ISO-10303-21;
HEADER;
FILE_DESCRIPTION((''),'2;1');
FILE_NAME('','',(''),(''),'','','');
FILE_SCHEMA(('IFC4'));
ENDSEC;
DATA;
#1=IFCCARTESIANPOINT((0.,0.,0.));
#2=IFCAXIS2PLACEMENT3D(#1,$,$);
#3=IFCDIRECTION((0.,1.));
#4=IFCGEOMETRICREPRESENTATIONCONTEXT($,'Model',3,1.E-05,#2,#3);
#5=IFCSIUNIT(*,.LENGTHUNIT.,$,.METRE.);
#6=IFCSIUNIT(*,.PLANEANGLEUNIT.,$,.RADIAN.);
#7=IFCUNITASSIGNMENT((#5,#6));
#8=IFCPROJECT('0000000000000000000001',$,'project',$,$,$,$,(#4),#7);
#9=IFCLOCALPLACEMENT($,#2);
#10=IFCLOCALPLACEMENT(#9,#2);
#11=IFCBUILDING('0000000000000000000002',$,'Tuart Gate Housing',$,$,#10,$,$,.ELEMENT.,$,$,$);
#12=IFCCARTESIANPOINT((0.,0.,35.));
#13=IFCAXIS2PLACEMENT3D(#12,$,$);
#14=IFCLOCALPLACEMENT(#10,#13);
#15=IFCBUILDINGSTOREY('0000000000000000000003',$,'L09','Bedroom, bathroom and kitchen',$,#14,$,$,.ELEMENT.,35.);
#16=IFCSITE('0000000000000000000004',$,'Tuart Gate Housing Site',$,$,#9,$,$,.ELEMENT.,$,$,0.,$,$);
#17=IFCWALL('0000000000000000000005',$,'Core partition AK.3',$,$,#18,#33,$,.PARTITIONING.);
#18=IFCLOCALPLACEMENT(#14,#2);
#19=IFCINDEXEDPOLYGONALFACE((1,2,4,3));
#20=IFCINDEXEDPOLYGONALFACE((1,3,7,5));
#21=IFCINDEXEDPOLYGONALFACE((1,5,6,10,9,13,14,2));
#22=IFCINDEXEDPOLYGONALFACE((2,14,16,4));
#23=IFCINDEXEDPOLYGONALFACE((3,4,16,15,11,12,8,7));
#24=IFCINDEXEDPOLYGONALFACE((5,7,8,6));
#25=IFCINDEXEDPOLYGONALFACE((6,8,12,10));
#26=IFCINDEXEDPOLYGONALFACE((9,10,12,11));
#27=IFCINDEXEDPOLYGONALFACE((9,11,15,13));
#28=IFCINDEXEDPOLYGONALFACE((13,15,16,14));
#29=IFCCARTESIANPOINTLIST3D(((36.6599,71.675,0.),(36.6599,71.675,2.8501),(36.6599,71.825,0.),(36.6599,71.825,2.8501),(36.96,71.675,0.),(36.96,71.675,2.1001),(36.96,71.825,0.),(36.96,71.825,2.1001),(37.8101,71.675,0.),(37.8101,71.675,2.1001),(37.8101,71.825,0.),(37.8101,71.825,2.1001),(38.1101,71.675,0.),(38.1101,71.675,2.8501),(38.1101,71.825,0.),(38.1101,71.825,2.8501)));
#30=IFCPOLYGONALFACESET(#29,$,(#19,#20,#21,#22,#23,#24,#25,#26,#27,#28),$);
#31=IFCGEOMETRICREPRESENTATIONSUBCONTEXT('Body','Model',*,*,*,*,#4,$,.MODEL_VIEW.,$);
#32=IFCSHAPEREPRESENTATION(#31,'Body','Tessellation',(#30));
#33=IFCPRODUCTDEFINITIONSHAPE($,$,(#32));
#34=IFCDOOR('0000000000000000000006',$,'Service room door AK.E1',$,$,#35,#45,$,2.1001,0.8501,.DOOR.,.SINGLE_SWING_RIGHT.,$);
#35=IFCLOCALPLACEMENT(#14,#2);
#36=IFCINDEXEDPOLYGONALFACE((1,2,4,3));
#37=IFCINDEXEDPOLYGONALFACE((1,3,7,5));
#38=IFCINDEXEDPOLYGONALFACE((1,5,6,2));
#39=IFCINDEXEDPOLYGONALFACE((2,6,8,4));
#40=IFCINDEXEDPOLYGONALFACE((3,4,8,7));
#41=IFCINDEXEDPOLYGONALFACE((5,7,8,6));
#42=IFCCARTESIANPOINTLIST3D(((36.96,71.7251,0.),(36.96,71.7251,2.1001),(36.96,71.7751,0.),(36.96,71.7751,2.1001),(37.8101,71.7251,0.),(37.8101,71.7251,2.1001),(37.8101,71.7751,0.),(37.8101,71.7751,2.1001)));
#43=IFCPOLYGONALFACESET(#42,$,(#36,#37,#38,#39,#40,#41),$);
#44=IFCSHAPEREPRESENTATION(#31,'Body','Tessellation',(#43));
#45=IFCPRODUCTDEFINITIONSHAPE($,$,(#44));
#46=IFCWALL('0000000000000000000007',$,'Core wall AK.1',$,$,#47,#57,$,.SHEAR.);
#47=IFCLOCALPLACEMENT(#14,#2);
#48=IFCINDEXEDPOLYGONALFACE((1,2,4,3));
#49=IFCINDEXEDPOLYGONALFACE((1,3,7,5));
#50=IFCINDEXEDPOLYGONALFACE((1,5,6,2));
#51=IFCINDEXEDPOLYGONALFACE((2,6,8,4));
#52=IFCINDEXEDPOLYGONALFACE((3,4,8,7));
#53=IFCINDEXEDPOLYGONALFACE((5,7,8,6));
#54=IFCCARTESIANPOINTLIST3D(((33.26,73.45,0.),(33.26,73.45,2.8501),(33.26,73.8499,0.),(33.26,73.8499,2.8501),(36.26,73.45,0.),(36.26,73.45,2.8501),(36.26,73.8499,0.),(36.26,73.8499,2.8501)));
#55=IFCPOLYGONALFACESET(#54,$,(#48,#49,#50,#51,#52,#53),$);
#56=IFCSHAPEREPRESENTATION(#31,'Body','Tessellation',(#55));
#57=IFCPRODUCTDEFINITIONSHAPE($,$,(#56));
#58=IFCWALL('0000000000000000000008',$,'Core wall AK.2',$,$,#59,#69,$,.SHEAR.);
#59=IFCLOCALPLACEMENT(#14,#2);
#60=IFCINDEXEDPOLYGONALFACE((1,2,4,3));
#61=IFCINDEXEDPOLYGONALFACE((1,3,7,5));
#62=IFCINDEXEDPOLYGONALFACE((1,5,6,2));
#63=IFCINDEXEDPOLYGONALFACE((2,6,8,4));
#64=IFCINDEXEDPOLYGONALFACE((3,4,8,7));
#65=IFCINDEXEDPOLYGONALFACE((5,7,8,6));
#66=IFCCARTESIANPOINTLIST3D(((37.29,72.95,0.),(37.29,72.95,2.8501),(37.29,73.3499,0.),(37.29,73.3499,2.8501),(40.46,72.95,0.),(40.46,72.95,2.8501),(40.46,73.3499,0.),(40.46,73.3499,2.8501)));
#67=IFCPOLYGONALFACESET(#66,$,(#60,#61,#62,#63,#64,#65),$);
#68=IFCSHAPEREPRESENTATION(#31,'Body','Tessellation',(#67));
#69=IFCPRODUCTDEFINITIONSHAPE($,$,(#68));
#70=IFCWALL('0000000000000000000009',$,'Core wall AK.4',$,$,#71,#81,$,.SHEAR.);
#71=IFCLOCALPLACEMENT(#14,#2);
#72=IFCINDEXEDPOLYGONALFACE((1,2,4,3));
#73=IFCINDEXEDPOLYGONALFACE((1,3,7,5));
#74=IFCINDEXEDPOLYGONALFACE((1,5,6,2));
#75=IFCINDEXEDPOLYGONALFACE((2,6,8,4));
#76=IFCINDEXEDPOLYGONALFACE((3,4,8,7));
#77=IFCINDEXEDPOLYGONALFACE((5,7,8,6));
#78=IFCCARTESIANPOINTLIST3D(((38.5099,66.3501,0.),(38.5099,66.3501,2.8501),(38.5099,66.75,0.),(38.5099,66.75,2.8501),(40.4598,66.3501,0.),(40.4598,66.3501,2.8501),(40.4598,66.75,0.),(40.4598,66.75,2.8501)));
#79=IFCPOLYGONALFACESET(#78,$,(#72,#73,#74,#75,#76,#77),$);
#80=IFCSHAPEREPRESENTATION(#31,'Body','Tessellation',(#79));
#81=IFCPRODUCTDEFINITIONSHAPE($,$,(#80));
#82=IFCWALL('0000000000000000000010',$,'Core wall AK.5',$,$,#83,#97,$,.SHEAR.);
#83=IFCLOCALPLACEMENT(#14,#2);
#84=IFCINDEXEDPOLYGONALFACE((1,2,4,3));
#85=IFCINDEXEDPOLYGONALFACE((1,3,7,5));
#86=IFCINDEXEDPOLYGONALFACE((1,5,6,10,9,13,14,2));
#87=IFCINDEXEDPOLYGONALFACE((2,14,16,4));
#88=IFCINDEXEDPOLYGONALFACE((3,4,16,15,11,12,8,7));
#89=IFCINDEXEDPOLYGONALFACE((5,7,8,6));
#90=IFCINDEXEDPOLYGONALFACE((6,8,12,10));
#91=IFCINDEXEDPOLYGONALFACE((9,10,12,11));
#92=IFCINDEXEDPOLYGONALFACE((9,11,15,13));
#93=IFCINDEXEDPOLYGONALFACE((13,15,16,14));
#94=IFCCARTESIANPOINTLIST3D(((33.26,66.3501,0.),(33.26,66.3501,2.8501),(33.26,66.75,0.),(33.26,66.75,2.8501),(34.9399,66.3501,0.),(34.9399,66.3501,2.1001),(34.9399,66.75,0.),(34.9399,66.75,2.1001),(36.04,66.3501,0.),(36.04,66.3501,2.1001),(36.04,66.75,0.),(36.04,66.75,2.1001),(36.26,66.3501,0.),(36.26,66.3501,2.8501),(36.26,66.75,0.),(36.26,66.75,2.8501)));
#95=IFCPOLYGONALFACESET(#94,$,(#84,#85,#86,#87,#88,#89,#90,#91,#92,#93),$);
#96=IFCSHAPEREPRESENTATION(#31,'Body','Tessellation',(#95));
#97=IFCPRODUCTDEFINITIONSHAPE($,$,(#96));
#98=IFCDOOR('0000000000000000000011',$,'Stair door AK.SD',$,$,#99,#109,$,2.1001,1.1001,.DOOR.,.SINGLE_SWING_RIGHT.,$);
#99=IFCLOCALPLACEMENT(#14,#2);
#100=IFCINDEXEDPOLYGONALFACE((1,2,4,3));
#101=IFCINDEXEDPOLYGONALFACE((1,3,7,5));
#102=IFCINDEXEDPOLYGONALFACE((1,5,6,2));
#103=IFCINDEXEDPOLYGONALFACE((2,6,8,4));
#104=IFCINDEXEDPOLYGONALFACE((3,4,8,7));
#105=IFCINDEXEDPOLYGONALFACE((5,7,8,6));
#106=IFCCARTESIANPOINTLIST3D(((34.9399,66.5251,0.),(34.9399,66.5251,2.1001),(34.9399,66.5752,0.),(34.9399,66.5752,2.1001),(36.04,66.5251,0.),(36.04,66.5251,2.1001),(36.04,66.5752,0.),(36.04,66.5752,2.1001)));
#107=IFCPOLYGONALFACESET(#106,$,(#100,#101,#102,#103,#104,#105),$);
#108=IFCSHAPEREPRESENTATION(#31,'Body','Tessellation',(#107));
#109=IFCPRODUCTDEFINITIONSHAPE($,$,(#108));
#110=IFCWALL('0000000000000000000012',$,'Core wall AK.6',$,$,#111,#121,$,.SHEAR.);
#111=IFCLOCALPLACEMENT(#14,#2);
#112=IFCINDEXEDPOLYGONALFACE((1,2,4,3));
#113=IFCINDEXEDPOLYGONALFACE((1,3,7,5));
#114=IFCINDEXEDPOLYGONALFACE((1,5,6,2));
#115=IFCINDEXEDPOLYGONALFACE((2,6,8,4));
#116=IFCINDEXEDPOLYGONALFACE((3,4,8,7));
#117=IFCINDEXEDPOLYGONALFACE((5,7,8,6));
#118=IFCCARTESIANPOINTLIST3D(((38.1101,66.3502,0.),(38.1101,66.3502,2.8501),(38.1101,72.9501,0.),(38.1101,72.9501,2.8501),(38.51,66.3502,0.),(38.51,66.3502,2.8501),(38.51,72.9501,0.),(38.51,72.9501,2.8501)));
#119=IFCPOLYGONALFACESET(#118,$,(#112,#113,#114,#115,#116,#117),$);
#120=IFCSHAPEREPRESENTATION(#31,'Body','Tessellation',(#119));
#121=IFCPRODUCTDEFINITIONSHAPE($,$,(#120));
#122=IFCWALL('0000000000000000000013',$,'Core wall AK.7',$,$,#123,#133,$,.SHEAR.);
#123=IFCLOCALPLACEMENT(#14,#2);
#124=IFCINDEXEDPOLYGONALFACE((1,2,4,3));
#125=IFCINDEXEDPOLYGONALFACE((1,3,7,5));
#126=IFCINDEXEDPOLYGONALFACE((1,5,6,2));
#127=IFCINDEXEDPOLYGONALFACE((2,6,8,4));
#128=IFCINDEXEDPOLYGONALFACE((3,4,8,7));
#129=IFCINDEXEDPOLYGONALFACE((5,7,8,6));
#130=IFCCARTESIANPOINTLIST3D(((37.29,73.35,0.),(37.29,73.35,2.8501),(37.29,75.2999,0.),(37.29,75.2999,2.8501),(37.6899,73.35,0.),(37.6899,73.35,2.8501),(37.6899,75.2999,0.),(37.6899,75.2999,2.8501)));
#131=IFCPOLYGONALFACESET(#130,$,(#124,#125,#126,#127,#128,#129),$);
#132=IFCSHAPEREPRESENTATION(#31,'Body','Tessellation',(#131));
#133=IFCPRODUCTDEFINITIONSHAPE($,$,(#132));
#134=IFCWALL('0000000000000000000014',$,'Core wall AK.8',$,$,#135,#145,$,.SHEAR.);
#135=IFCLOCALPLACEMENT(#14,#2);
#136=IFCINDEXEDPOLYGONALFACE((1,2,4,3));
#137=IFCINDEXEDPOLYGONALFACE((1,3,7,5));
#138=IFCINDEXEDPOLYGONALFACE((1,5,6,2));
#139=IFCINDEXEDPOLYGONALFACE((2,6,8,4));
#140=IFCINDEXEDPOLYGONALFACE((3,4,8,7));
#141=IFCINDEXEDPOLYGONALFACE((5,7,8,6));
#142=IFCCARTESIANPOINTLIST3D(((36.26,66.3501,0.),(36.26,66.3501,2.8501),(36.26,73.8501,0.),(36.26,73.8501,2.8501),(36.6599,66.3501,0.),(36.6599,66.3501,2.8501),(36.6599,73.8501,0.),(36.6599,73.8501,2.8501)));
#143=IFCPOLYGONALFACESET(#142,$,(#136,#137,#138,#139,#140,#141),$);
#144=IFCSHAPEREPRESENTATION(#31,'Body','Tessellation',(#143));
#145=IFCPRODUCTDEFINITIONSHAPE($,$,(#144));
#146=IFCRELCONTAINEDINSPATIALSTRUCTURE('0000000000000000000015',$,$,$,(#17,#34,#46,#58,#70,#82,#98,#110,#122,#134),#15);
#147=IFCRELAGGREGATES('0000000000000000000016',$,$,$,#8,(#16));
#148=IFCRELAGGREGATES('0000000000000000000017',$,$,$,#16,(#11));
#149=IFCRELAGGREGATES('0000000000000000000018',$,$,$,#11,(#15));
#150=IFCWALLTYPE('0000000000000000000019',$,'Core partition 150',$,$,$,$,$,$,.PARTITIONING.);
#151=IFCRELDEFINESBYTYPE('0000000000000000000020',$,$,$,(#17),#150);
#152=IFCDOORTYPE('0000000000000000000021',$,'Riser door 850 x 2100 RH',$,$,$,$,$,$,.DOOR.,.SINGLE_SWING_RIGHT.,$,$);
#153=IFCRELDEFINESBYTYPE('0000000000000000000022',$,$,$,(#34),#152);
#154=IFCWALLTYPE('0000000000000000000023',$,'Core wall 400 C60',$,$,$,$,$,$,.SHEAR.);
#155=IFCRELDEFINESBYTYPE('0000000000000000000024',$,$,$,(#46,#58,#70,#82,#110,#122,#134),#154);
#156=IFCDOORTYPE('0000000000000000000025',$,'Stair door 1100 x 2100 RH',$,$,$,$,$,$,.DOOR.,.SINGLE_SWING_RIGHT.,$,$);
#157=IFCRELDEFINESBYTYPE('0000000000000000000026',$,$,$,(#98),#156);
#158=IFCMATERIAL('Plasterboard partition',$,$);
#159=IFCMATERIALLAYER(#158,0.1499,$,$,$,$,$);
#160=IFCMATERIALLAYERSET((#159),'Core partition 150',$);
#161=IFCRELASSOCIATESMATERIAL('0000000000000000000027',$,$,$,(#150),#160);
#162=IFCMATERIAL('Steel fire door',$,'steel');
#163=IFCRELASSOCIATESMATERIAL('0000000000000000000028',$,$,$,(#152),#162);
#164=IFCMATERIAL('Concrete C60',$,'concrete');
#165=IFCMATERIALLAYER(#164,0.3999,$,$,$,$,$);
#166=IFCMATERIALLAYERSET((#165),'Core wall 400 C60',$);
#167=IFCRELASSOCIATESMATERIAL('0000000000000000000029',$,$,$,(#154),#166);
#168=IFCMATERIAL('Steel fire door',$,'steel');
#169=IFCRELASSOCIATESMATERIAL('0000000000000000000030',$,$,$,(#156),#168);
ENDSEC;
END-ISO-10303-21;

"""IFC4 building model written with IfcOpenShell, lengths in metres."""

from ifc_helpers import new_model, si_unit, direction, frame, frame_2d, origin, place, context, subcontext, project, spatial, rectangle, extrude, material, layer, layer_set, type_object, element, fill, save


model = new_model("IFC4")

# Units and contexts
model_context = context("Model", 3, precision=1e-05, world=origin(), true_north=direction((0.0, 1.0)))
body_context = subcontext(model_context, "Body", "Model", "MODEL_VIEW")
ifc_project = project(units=[si_unit("LENGTHUNIT", "METRE"), si_unit("PLANEANGLEUNIT", "RADIAN")], contexts=[model_context])

# Site, building, storey
site_placement = place(None, origin())
site = spatial("IfcSite", under=ifc_project, at=site_placement, Name="Tuart Gate Housing Site", CompositionType="ELEMENT", RefElevation=0.0)
building_placement = place(site_placement, origin())
building = spatial("IfcBuilding", under=site, at=building_placement, Name="Tuart Gate Housing", CompositionType="ELEMENT")
storey_placement = place(building_placement, frame((0.0, 0.0, 35.0)))
storey = spatial("IfcBuildingStorey", under=building, at=storey_placement, Name="L09", Description="Bedroom, bathroom and kitchen", CompositionType="ELEMENT", Elevation=35.0)

# Wall, opening, door
ifc_material_1 = material(Name="Plasterboard partition")
ifc_layer_1 = layer(ifc_material_1, 0.1499)
ifc_layer_set_1 = layer_set([ifc_layer_1], Name="Core partition 150")
wall_type_1 = type_object("IfcWallType", Name="Core partition 150", PredefinedType="PARTITIONING", material=ifc_layer_set_1)
wall_1_placement = place(storey_placement, frame((38.1101, 71.75, 0.0), z_axis=(0.0, 0.0, 1.0), x_axis=(-1.0, 0.0, 0.0)))
wall_1 = element("IfcWall", 1, at=wall_1_placement, inside=storey, type_object=wall_type_1, Name="Core partition AK.3", PredefinedType="PARTITIONING", context=body_context, shape_type="SweptSolid", body=[
    extrude(rectangle(XDim=1.4502, YDim=0.1499, at=frame_2d((0.7251, 0.0))), origin(), (0.0, 0.0, 1.0), 2.8501),
])
opening_1_placement = place(wall_1_placement, frame((0.3, 0.0, 0.0)))
opening_1 = element("IfcOpeningElement", 2, at=opening_1_placement, cuts=wall_1, PredefinedType="OPENING", context=body_context, shape_type="SweptSolid", body=[
    extrude(rectangle(XDim=0.8501, YDim=2.1001, at=frame_2d((0.425, 1.05))), frame((0.0, 0.085, 0.0), z_axis=(0.0, -1.0, 0.0), x_axis=(1.0, 0.0, 0.0)), (0.0, 0.0, 1.0), 0.1699),
])
ifc_material_2 = material(Name="Steel fire door", Category="steel")
door_type_1 = type_object("IfcDoorType", Name="Riser door 850 x 2100 RH", OperationType="SINGLE_SWING_RIGHT", PredefinedType="DOOR", material=ifc_material_2)
door_1_placement = place(opening_1_placement, frame((0.8501, 0.0, 0.0), z_axis=(0.0, 0.0, 1.0), x_axis=(-1.0, 0.0, 0.0)))
door_1 = element("IfcDoor", 3, at=door_1_placement, inside=storey, type_object=door_type_1, Name="Service room door AK.E1", OperationType="SINGLE_SWING_RIGHT", OverallHeight=2.1001, OverallWidth=0.8501, PredefinedType="DOOR", context=body_context, shape_type="SweptSolid", body=[
    extrude(rectangle(XDim=0.8501, YDim=2.1001, at=frame_2d((0.425, 1.05))), frame((0.0, 0.0251, 0.0), z_axis=(0.0, -1.0, 0.0), x_axis=(1.0, 0.0, 0.0)), (0.0, 0.0, 1.0), 0.05),
])
fill(opening_1, door_1)

# Walls
ifc_material_3 = material(Name="Concrete C60", Category="concrete")
ifc_layer_2 = layer(ifc_material_3, 0.3999)
ifc_layer_set_2 = layer_set([ifc_layer_2], Name="Core wall 400 C60")
wall_type_2 = type_object("IfcWallType", Name="Core wall 400 C60", PredefinedType="SHEAR", material=ifc_layer_set_2)
wall_2_placement = place(storey_placement, frame((36.26, 73.6499, 0.0), z_axis=(0.0, 0.0, 1.0), x_axis=(-1.0, 0.0, 0.0)))
element("IfcWall", 4, at=wall_2_placement, inside=storey, type_object=wall_type_2, Name="Core wall AK.1", PredefinedType="SHEAR", context=body_context, shape_type="SweptSolid", body=[
    extrude(rectangle(XDim=3.0, YDim=0.3999, at=frame_2d((1.5, 0.0))), origin(), (0.0, 0.0, 1.0), 2.8501),
])
wall_3_placement = place(storey_placement, frame((40.46, 73.1499, 0.0), z_axis=(0.0, 0.0, 1.0), x_axis=(-1.0, 0.0, 0.0)))
element("IfcWall", 5, at=wall_3_placement, inside=storey, type_object=wall_type_2, Name="Core wall AK.2", PredefinedType="SHEAR", context=body_context, shape_type="SweptSolid", body=[
    extrude(rectangle(XDim=3.1699, YDim=0.3999, at=frame_2d((1.585, 0.0))), origin(), (0.0, 0.0, 1.0), 2.8501),
])
wall_4_placement = place(storey_placement, frame((40.46, 66.55, 0.0), z_axis=(0.0, 0.0, 1.0), x_axis=(-1.0, 0.0, 0.0)))
element("IfcWall", 6, at=wall_4_placement, inside=storey, type_object=wall_type_2, Name="Core wall AK.4", PredefinedType="SHEAR", context=body_context, shape_type="SweptSolid", body=[
    extrude(rectangle(XDim=1.95, YDim=0.3999, at=frame_2d((0.9751, 0.0))), origin(), (0.0, 0.0, 1.0), 2.8501),
])

# Wall, opening, door
wall_5_placement = place(storey_placement, frame((36.26, 66.55, 0.0), z_axis=(0.0, 0.0, 1.0), x_axis=(-1.0, 0.0, 0.0)))
wall_5 = element("IfcWall", 7, at=wall_5_placement, inside=storey, type_object=wall_type_2, Name="Core wall AK.5", PredefinedType="SHEAR", context=body_context, shape_type="SweptSolid", body=[
    extrude(rectangle(XDim=3.0, YDim=0.3999, at=frame_2d((1.5, 0.0))), origin(), (0.0, 0.0, 1.0), 2.8501),
])
opening_2_placement = place(wall_5_placement, frame((0.22, 0.0, 0.0)))
opening_2 = element("IfcOpeningElement", 8, at=opening_2_placement, cuts=wall_5, PredefinedType="OPENING", context=body_context, shape_type="SweptSolid", body=[
    extrude(rectangle(XDim=1.1001, YDim=2.1001, at=frame_2d((0.55, 1.05))), frame((0.0, 0.21, 0.0), z_axis=(0.0, -1.0, 0.0), x_axis=(1.0, 0.0, 0.0)), (0.0, 0.0, 1.0), 0.4199),
])
ifc_material_4 = material(Name="Steel fire door", Category="steel")
door_type_2 = type_object("IfcDoorType", Name="Stair door 1100 x 2100 RH", OperationType="SINGLE_SWING_RIGHT", PredefinedType="DOOR", material=ifc_material_4)
door_2_placement = place(opening_2_placement, frame((1.1001, 0.0, 0.0), z_axis=(0.0, 0.0, 1.0), x_axis=(-1.0, 0.0, 0.0)))
door_2 = element("IfcDoor", 9, at=door_2_placement, inside=storey, type_object=door_type_2, Name="Stair door AK.SD", OperationType="SINGLE_SWING_RIGHT", OverallHeight=2.1001, OverallWidth=1.1001, PredefinedType="DOOR", context=body_context, shape_type="SweptSolid", body=[
    extrude(rectangle(XDim=1.1001, YDim=2.1001, at=frame_2d((0.55, 1.05))), frame((0.0, 0.0251, 0.0), z_axis=(0.0, -1.0, 0.0), x_axis=(1.0, 0.0, 0.0)), (0.0, 0.0, 1.0), 0.05),
])
fill(opening_2, door_2)

# Walls
wall_6_placement = place(storey_placement, frame((38.3101, 72.95, 0.0), z_axis=(0.0, 0.0, 1.0), x_axis=(0.0, -1.0, 0.0)))
element("IfcWall", 10, at=wall_6_placement, inside=storey, type_object=wall_type_2, Name="Core wall AK.6", PredefinedType="SHEAR", context=body_context, shape_type="SweptSolid", body=[
    extrude(rectangle(XDim=6.5999, YDim=0.3999, at=frame_2d((3.2998, 0.0))), origin(), (0.0, 0.0, 1.0), 2.8501),
])
wall_7_placement = place(storey_placement, frame((37.49, 75.3, 0.0), z_axis=(0.0, 0.0, 1.0), x_axis=(0.0, -1.0, 0.0)))
element("IfcWall", 11, at=wall_7_placement, inside=storey, type_object=wall_type_2, Name="Core wall AK.7", PredefinedType="SHEAR", context=body_context, shape_type="SweptSolid", body=[
    extrude(rectangle(XDim=1.95, YDim=0.3999, at=frame_2d((0.9751, 0.0))), origin(), (0.0, 0.0, 1.0), 2.8501),
])
wall_8_placement = place(storey_placement, frame((36.46, 73.8501, 0.0), z_axis=(0.0, 0.0, 1.0), x_axis=(0.0, -1.0, 0.0)))
element("IfcWall", 12, at=wall_8_placement, inside=storey, type_object=wall_type_2, Name="Core wall AK.8", PredefinedType="SHEAR", context=body_context, shape_type="SweptSolid", body=[
    extrude(rectangle(XDim=7.5, YDim=0.3999, at=frame_2d((3.75, 0.0))), origin(), (0.0, 0.0, 1.0), 2.8501),
])

save(model, "model.ifc")
